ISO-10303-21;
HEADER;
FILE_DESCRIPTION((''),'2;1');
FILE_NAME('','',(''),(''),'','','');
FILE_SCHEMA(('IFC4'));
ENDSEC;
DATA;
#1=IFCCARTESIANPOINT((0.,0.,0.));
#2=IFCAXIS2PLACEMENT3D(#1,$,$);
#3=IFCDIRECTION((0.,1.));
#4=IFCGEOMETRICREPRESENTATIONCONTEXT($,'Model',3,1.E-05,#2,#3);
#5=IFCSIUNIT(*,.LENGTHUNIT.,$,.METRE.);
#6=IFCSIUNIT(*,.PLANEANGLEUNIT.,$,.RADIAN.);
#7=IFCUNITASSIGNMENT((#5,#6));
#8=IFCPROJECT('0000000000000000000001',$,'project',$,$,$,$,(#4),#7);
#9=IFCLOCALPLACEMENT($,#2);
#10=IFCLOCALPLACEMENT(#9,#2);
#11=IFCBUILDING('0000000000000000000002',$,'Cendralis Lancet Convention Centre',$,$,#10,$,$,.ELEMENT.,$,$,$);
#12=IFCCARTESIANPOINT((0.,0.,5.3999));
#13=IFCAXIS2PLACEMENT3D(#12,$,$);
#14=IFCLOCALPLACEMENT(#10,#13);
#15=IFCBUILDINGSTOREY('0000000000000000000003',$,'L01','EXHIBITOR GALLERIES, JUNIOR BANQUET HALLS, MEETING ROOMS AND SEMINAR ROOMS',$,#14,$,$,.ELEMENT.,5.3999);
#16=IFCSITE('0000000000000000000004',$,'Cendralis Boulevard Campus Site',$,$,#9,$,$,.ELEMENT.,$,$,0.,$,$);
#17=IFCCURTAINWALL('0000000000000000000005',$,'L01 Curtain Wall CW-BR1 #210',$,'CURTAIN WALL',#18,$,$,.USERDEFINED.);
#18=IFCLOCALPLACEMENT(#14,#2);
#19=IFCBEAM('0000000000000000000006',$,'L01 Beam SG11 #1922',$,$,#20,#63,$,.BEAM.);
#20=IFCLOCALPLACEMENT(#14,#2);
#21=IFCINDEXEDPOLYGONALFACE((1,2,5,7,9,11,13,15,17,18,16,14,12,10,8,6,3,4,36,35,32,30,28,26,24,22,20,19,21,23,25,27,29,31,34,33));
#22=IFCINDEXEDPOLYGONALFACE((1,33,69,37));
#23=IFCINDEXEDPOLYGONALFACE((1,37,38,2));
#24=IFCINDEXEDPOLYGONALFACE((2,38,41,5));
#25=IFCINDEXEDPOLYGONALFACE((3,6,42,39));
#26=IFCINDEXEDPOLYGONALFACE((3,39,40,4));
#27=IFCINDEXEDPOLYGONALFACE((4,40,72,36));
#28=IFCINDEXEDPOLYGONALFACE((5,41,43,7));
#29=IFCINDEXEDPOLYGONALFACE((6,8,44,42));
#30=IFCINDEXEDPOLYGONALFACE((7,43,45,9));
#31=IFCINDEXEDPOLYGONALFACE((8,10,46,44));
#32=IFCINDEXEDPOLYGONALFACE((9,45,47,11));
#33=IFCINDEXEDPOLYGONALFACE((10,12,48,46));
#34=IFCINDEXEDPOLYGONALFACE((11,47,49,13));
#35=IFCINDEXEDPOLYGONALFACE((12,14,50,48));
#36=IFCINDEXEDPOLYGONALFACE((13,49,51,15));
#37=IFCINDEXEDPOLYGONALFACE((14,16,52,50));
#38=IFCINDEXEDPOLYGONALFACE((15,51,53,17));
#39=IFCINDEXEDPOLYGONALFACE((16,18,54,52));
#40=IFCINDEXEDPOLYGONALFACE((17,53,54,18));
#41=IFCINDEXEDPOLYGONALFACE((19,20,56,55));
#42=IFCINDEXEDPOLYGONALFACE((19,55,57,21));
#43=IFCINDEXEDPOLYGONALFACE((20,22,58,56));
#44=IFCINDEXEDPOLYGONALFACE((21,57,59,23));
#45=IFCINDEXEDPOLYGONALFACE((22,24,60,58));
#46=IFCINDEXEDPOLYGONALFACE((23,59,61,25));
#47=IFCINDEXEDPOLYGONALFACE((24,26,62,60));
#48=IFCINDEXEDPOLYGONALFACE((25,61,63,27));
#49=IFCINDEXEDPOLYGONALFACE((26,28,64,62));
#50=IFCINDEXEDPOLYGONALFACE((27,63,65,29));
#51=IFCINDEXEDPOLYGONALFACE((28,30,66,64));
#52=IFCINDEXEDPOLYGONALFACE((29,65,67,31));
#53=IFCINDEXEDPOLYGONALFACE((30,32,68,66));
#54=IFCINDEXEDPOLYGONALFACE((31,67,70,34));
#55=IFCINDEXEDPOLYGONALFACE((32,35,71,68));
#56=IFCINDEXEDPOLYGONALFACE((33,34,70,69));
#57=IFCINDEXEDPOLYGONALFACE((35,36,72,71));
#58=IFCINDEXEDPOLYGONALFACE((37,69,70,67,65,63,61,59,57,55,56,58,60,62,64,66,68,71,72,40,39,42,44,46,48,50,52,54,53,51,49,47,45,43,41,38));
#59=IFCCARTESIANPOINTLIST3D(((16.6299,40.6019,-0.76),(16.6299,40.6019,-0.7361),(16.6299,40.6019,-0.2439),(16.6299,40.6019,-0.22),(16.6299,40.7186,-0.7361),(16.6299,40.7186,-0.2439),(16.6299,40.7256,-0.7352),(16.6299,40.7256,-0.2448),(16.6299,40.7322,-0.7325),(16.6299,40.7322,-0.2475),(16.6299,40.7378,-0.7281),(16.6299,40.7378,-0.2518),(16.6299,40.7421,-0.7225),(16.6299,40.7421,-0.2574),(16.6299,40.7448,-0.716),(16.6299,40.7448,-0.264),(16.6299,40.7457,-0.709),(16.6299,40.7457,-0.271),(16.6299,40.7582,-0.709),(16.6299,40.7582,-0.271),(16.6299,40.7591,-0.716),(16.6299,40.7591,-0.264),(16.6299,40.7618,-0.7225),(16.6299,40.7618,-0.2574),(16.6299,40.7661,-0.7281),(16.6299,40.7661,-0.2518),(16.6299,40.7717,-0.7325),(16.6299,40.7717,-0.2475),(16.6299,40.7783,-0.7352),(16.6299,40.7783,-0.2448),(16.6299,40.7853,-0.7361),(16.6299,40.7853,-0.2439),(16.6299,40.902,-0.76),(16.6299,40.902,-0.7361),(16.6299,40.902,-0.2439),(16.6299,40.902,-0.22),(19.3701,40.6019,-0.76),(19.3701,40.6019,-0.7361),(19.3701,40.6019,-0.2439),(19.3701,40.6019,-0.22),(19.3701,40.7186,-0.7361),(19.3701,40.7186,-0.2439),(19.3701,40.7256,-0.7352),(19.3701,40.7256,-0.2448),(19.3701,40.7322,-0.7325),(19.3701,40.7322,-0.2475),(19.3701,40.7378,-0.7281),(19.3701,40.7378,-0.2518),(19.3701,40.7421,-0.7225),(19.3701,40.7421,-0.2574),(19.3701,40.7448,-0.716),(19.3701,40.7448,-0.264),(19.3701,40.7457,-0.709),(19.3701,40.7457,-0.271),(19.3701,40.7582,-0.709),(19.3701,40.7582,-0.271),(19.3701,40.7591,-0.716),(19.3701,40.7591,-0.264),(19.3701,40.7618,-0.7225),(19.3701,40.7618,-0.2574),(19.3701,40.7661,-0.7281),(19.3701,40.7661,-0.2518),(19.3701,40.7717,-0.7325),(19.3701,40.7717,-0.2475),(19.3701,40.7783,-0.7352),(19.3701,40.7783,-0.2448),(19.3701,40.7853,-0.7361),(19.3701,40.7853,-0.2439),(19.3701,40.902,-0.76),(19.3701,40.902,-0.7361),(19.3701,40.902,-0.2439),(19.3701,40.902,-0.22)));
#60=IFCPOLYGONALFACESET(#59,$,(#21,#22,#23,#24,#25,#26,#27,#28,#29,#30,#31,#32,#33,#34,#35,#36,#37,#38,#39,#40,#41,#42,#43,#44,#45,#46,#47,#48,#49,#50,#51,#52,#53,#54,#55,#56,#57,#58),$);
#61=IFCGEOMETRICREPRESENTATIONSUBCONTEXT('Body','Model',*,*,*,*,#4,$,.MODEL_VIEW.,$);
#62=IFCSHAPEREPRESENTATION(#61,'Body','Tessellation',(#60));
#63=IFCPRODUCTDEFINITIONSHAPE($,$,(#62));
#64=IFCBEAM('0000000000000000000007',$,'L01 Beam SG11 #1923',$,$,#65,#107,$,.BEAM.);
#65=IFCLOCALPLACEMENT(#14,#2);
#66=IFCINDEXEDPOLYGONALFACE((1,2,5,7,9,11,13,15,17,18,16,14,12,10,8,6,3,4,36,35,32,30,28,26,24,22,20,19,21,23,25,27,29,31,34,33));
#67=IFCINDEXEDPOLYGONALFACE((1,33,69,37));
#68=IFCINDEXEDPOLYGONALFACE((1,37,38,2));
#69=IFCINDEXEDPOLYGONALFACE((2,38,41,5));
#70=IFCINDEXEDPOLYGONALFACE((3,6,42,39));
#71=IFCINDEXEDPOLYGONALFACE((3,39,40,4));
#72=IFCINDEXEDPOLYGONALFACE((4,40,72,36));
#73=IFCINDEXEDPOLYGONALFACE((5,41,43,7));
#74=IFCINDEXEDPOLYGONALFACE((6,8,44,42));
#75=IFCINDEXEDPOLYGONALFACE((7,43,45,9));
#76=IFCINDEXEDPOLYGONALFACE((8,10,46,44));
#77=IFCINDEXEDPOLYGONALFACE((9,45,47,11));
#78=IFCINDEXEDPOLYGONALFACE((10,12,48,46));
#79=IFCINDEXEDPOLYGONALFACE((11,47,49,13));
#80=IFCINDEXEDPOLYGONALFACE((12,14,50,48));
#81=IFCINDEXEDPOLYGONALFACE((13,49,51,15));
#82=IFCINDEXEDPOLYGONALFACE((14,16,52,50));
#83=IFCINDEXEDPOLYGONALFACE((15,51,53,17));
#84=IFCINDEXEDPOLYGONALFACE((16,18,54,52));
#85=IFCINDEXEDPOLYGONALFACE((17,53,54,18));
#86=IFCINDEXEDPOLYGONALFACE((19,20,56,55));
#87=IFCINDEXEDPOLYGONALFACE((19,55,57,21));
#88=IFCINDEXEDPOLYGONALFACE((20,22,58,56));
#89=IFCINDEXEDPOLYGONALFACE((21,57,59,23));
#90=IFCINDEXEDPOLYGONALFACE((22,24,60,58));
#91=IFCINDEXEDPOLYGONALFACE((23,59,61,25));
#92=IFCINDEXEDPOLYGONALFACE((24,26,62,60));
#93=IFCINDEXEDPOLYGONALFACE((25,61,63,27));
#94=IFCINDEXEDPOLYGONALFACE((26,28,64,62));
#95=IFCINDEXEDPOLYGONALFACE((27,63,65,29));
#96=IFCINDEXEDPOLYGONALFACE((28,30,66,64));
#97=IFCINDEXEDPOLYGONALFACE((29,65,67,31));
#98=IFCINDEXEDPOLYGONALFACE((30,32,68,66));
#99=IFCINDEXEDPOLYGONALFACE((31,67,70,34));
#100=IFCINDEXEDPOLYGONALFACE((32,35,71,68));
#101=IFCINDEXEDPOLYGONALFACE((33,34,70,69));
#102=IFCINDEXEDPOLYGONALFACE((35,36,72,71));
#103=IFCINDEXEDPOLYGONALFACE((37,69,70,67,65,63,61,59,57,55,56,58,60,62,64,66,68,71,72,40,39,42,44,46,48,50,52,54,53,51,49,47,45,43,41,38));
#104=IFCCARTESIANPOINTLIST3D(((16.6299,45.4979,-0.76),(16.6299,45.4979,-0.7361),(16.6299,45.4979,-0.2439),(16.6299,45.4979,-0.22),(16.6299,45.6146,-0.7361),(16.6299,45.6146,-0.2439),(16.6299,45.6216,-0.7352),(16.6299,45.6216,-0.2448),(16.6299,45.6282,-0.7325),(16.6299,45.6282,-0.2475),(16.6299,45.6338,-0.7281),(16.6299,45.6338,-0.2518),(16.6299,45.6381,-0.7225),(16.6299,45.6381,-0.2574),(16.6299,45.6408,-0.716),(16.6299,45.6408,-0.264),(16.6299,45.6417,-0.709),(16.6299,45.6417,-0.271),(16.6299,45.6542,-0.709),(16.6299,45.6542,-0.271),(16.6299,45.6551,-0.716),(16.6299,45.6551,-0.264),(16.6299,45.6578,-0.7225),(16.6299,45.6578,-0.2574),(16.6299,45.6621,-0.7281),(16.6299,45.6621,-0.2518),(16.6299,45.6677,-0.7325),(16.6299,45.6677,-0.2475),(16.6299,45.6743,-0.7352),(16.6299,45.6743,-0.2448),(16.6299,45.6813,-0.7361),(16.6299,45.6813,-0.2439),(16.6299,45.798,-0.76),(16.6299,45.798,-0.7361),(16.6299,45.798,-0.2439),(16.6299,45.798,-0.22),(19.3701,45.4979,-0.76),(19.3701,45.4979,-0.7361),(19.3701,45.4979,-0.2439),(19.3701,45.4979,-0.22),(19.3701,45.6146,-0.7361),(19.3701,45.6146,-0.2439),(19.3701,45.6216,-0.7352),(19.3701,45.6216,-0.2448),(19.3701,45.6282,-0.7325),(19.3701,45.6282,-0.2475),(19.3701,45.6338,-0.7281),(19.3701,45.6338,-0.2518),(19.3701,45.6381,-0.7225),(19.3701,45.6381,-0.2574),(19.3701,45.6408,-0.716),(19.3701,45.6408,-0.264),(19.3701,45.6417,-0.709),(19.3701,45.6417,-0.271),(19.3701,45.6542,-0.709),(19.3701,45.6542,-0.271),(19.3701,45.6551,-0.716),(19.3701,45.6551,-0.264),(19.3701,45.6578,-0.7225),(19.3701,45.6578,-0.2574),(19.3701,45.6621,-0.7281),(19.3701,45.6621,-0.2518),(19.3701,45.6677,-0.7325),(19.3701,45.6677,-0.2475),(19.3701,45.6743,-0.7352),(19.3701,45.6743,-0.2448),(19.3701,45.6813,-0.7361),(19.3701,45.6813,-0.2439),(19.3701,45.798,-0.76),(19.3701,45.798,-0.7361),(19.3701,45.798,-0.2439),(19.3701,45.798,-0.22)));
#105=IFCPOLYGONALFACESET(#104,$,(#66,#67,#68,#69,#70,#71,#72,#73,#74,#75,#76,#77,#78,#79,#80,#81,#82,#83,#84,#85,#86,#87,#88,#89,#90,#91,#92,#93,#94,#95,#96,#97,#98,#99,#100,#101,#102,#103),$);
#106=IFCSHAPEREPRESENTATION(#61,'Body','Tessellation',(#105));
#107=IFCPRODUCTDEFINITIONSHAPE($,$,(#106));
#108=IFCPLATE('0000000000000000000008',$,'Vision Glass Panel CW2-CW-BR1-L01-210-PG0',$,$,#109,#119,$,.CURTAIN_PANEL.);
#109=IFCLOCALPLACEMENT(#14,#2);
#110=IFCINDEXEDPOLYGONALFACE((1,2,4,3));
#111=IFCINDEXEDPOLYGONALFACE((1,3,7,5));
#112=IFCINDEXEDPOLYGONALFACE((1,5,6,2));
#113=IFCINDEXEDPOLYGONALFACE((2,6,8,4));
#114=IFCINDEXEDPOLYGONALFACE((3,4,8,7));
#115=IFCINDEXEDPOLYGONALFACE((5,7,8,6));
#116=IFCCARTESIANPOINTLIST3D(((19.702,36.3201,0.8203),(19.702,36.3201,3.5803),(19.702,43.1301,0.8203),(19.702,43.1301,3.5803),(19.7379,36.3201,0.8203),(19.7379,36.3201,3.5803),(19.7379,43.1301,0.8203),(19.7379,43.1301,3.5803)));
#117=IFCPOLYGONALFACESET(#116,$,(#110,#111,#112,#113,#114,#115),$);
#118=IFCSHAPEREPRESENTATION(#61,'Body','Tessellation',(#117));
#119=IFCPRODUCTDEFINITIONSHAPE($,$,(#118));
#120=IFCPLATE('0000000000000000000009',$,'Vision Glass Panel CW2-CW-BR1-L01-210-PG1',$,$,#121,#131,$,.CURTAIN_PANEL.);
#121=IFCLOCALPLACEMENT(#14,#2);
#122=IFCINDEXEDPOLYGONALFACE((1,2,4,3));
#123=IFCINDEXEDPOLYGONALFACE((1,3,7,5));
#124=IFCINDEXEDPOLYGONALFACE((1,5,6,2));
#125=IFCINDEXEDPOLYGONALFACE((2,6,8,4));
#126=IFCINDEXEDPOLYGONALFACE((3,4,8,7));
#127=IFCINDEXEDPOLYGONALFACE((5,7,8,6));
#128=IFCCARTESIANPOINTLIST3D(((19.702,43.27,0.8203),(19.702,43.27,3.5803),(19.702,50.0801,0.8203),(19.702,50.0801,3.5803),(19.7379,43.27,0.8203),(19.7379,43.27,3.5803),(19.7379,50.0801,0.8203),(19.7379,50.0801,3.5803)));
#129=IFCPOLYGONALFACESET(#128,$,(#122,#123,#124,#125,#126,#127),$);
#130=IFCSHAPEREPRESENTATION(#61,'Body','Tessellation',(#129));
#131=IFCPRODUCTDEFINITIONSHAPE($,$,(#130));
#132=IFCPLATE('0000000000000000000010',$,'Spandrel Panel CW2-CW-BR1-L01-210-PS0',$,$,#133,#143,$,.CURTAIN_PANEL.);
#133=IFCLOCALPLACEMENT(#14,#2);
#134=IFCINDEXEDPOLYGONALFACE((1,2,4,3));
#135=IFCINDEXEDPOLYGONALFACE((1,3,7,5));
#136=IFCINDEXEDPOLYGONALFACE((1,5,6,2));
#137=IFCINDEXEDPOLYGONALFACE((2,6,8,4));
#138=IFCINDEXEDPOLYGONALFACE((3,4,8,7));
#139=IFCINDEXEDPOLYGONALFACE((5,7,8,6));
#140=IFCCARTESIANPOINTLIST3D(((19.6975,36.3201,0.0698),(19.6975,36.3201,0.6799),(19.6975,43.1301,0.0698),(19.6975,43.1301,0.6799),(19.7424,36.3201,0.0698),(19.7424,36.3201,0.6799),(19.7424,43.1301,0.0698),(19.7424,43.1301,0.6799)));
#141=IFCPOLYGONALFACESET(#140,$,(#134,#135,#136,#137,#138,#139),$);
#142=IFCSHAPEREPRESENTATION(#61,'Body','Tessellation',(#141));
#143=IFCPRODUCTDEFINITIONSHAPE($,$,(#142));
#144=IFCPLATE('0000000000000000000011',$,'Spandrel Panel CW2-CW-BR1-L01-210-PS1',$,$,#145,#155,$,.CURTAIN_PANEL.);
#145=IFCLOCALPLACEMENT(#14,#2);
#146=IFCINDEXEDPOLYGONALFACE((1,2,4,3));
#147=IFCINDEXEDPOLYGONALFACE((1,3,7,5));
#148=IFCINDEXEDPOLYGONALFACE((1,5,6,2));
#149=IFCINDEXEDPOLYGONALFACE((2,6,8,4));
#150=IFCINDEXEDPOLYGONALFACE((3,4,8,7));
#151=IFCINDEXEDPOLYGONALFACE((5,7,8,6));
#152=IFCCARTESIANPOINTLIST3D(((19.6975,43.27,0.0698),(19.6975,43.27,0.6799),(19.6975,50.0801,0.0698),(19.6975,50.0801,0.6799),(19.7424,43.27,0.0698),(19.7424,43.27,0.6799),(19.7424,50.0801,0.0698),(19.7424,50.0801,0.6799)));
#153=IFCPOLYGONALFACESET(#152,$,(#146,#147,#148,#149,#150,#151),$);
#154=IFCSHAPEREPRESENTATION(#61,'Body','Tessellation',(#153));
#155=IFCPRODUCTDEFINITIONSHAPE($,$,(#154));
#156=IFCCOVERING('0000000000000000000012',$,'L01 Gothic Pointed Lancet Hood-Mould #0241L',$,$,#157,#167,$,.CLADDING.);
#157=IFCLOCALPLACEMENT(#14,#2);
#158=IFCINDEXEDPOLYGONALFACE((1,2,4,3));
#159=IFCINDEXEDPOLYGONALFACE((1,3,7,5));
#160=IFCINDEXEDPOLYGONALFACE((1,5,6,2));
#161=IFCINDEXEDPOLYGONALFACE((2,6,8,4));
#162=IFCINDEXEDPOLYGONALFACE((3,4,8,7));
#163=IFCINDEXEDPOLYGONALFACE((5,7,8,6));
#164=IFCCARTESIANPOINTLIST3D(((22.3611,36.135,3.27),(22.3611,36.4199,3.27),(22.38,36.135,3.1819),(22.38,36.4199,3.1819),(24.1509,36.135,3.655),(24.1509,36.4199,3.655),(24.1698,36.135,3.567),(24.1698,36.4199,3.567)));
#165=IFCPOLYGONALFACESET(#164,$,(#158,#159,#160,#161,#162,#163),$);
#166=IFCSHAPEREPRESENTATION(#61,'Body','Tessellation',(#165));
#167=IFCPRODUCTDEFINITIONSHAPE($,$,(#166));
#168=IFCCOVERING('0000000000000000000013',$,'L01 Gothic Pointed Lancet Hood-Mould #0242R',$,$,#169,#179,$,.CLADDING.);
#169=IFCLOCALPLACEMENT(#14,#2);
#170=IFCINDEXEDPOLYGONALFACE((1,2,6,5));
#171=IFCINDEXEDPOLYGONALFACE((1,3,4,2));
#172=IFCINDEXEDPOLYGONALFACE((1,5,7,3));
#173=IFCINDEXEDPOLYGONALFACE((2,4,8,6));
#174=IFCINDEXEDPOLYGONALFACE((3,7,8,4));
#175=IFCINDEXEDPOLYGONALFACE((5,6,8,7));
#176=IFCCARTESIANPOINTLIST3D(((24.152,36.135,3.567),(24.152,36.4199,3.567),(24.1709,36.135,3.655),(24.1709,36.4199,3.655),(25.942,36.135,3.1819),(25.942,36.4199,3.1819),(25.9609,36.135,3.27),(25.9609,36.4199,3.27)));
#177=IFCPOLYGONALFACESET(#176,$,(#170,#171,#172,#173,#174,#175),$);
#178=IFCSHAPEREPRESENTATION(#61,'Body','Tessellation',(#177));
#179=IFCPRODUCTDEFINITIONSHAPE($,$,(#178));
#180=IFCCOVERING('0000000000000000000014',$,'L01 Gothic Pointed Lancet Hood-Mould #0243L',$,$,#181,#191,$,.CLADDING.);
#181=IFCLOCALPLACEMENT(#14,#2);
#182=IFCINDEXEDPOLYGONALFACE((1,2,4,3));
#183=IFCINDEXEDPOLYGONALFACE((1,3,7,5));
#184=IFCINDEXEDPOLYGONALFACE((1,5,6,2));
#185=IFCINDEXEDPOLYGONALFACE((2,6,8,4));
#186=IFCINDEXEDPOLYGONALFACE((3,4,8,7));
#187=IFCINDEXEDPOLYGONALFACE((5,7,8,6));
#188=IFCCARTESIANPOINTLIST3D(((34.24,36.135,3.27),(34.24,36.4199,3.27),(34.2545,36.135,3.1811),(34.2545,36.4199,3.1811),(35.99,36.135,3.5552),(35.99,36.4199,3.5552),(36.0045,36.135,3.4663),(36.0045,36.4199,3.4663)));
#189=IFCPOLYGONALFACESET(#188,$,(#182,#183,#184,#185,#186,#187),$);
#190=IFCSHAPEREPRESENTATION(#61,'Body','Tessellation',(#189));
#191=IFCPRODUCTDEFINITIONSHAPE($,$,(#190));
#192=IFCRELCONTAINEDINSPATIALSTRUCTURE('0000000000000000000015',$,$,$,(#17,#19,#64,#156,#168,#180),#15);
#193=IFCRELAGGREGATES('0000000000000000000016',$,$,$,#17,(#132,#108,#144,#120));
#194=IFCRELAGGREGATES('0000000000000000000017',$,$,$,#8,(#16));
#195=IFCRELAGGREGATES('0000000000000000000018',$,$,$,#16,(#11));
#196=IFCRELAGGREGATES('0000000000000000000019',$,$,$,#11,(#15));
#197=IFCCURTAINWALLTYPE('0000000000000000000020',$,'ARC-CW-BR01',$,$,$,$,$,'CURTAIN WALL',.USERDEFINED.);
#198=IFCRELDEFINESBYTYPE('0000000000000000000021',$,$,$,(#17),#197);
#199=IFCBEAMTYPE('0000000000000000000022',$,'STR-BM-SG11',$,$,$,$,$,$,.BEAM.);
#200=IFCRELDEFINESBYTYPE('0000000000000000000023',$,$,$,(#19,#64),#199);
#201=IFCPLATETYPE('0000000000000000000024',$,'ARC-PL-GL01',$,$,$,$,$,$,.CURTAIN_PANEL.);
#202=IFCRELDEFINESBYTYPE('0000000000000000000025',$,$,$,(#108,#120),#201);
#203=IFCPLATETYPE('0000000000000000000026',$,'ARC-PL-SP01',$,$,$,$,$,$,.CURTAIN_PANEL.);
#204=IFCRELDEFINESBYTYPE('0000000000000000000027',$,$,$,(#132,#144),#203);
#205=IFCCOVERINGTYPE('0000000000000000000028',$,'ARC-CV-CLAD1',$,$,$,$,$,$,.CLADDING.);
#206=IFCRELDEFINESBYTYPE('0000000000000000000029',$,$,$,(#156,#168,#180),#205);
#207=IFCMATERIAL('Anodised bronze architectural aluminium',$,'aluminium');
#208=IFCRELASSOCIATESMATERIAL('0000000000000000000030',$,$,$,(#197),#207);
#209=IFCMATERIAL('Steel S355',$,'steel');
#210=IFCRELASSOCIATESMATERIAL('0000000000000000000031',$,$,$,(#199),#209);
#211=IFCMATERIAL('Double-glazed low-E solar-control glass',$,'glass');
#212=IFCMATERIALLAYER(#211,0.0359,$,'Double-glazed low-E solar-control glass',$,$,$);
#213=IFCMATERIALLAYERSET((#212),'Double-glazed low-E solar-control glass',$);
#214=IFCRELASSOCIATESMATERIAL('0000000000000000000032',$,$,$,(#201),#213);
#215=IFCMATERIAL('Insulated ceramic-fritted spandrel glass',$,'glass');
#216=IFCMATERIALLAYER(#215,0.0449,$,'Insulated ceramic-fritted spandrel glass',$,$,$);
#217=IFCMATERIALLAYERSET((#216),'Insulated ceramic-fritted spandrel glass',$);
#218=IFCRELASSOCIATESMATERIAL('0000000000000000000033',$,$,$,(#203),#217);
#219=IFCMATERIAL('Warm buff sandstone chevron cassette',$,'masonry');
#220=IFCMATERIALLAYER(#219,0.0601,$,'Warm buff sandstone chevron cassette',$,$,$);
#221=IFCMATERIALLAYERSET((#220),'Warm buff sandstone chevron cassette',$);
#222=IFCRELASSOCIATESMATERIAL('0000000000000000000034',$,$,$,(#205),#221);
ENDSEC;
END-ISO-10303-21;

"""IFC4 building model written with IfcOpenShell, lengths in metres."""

from ifc_helpers import new_model, si_unit, direction, frame, origin, origin_2d, place, context, subcontext, project, spatial, polyline, rectangle, i_section, outline, extrude, material, layer, layer_set, material_profile, profile_set, type_object, element, aggregate, save


model = new_model("IFC4")

# Units and contexts
model_context = context("Model", 3, precision=1e-05, world=origin(), true_north=direction((0.0, 1.0)))
body_context = subcontext(model_context, "Body", "Model", "MODEL_VIEW")
ifc_project = project(units=[si_unit("LENGTHUNIT", "METRE"), si_unit("PLANEANGLEUNIT", "RADIAN")], contexts=[model_context])

# Site, building, storey
site_placement = place(None, origin())
site = spatial("IfcSite", under=ifc_project, at=site_placement, Name="Cendralis Boulevard Campus Site", CompositionType="ELEMENT", RefElevation=0.0)
building_placement = place(site_placement, origin())
building = spatial("IfcBuilding", under=site, at=building_placement, Name="Cendralis Lancet Convention Centre", CompositionType="ELEMENT")
storey_placement = place(building_placement, frame((0.0, 0.0, 5.3999)))
storey = spatial("IfcBuildingStorey", under=building, at=storey_placement, Name="L01", Description="EXHIBITOR GALLERIES, JUNIOR BANQUET HALLS, MEETING ROOMS AND SEMINAR ROOMS", CompositionType="ELEMENT", Elevation=5.3999)

# Curtain wall
ifc_material_1 = material(Name="Anodised bronze architectural aluminium", Category="aluminium")
curtain_wall_type = type_object("IfcCurtainWallType", Name="ARC-CW-BR01", ElementType="CURTAIN WALL", PredefinedType="USERDEFINED", material=ifc_material_1)
curtain_wall_placement = place(storey_placement, origin())
curtain_wall = element("IfcCurtainWall", 1, at=curtain_wall_placement, inside=storey, type_object=curtain_wall_type, Name="L01 Curtain Wall CW-BR1 #210", ObjectType="CURTAIN WALL", PredefinedType="USERDEFINED")

# Beams
ifc_material_2 = material(Name="Steel S355", Category="steel")
ifc_material_profile_1 = material_profile(ifc_material_2, i_section(OverallWidth=0.3, OverallDepth=0.54, WebThickness=0.0125, FlangeThickness=0.0239, FilletRadius=0.0271, at=origin_2d()), Name="HEA 550")
ifc_profile_set_1 = profile_set([ifc_material_profile_1], Name="Steel S355")
beam_type = type_object("IfcBeamType", Name="STR-BM-SG11", PredefinedType="BEAM", material=ifc_profile_set_1)
for number, where, z_axis, x_axis, name in (
    (2, (16.6299, 40.752, -0.49), (1.0, 0.0, 0.0), (0.0, 1.0, 0.0), "L01 Beam SG11 #1922"),
    (3, (16.6299, 45.6479, -0.49), (1.0, 0.0, 0.0), (0.0, 1.0, 0.0), "L01 Beam SG11 #1923"),
):
    element("IfcBeam", number, at=place(storey_placement, frame(where, z_axis=z_axis, x_axis=x_axis)), inside=storey, type_object=beam_type, Name=name, PredefinedType="BEAM", context=body_context, shape_type="SweptSolid", body=[
        extrude(i_section(OverallWidth=0.3, OverallDepth=0.54, WebThickness=0.0125, FlangeThickness=0.0239, FilletRadius=0.0271, at=origin_2d()), origin(), (0.0, 0.0, 1.0), 2.7402),
    ])

# Plates
ifc_material_3 = material(Name="Double-glazed low-E solar-control glass", Category="glass")
ifc_layer_1 = layer(ifc_material_3, 0.0359, Name="Double-glazed low-E solar-control glass")
ifc_layer_set_1 = layer_set([ifc_layer_1], Name="Double-glazed low-E solar-control glass")
plate_type_1 = type_object("IfcPlateType", Name="ARC-PL-GL01", PredefinedType="CURTAIN_PANEL", material=ifc_layer_set_1)
plate_1_placement = place(storey_placement, frame((19.72, 39.7251, 0.8203), z_axis=(0.0, 0.0, 1.0), x_axis=(0.0, 1.0, 0.0)))
plate_1 = element("IfcPlate", 4, at=plate_1_placement, type_object=plate_type_1, Name="Vision Glass Panel CW2-CW-BR1-L01-210-PG0", PredefinedType="CURTAIN_PANEL", context=body_context, shape_type="SweptSolid", body=[
    extrude(rectangle(XDim=6.8101, YDim=0.0359, at=origin_2d()), origin(), (0.0, 0.0, 1.0), 2.76),
])
plate_2_placement = place(storey_placement, frame((19.72, 46.675, 0.8203), z_axis=(0.0, 0.0, 1.0), x_axis=(0.0, 1.0, 0.0)))
plate_2 = element("IfcPlate", 5, at=plate_2_placement, type_object=plate_type_1, Name="Vision Glass Panel CW2-CW-BR1-L01-210-PG1", PredefinedType="CURTAIN_PANEL", context=body_context, shape_type="SweptSolid", body=[
    extrude(rectangle(XDim=6.8101, YDim=0.0359, at=origin_2d()), origin(), (0.0, 0.0, 1.0), 2.76),
])
ifc_material_4 = material(Name="Insulated ceramic-fritted spandrel glass", Category="glass")
ifc_layer_2 = layer(ifc_material_4, 0.0449, Name="Insulated ceramic-fritted spandrel glass")
ifc_layer_set_2 = layer_set([ifc_layer_2], Name="Insulated ceramic-fritted spandrel glass")
plate_type_2 = type_object("IfcPlateType", Name="ARC-PL-SP01", PredefinedType="CURTAIN_PANEL", material=ifc_layer_set_2)
plate_3_placement = place(storey_placement, frame((19.72, 39.7251, 0.0698), z_axis=(0.0, 0.0, 1.0), x_axis=(0.0, 1.0, 0.0)))
plate_3 = element("IfcPlate", 6, at=plate_3_placement, type_object=plate_type_2, Name="Spandrel Panel CW2-CW-BR1-L01-210-PS0", PredefinedType="CURTAIN_PANEL", context=body_context, shape_type="SweptSolid", body=[
    extrude(rectangle(XDim=6.8101, YDim=0.0449, at=origin_2d()), origin(), (0.0, 0.0, 1.0), 0.6101),
])
plate_4_placement = place(storey_placement, frame((19.72, 46.675, 0.0698), z_axis=(0.0, 0.0, 1.0), x_axis=(0.0, 1.0, 0.0)))
plate_4 = element("IfcPlate", 7, at=plate_4_placement, type_object=plate_type_2, Name="Spandrel Panel CW2-CW-BR1-L01-210-PS1", PredefinedType="CURTAIN_PANEL", context=body_context, shape_type="SweptSolid", body=[
    extrude(rectangle(XDim=6.8101, YDim=0.0449, at=origin_2d()), origin(), (0.0, 0.0, 1.0), 0.6101),
])
aggregate(curtain_wall, [plate_3, plate_1, plate_4, plate_2])

# Coverings
ifc_material_5 = material(Name="Warm buff sandstone chevron cassette", Category="masonry")
ifc_layer_3 = layer(ifc_material_5, 0.0601, Name="Warm buff sandstone chevron cassette")
ifc_layer_set_3 = layer_set([ifc_layer_3], Name="Warm buff sandstone chevron cassette")
covering_type = type_object("IfcCoveringType", Name="ARC-CV-CLAD1", PredefinedType="CLADDING", material=ifc_layer_set_3)
covering_1_placement = place(storey_placement, frame((22.3611, 36.4199, 3.27), z_axis=(-0.210303, 0.0, 0.977636), x_axis=(0.0, -1.0, 0.0)))
element("IfcCovering", 8, at=covering_1_placement, inside=storey, type_object=covering_type, Name="L01 Gothic Pointed Lancet Hood-Mould #0241L", PredefinedType="CLADDING", context=body_context, shape_type="SweptSolid", body=[
    extrude(outline(polyline([(0.0, 0.0), (0.2849, 0.0), (0.2849, 1.8307), (0.0, 1.8307), (0.0, 0.0)])), origin(), (0.0, 0.0, -1.0), 0.0901),
])
covering_2_placement = place(storey_placement, frame((24.1709, 36.4199, 3.655), z_axis=(0.210276, 0.0, 0.977642), x_axis=(0.0, -1.0, 0.0)))
element("IfcCovering", 9, at=covering_2_placement, inside=storey, type_object=covering_type, Name="L01 Gothic Pointed Lancet Hood-Mould #0242R", PredefinedType="CLADDING", context=body_context, shape_type="SweptSolid", body=[
    extrude(outline(polyline([(0.0, 0.0), (0.2849, 0.0), (0.2849, 1.831), (0.0, 1.831), (0.0, 0.0)])), origin(), (0.0, 0.0, -1.0), 0.0901),
])
covering_3_placement = place(storey_placement, frame((34.24, 36.4199, 3.27), z_axis=(-0.160825, 0.0, 0.986983), x_axis=(0.0, -1.0, 0.0)))
element("IfcCovering", 10, at=covering_3_placement, inside=storey, type_object=covering_type, Name="L01 Gothic Pointed Lancet Hood-Mould #0243L", PredefinedType="CLADDING", context=body_context, shape_type="SweptSolid", body=[
    extrude(outline(polyline([(0.0, 0.0), (0.2849, 0.0), (0.2849, 1.7731), (0.0, 1.7731), (0.0, 0.0)])), origin(), (0.0, 0.0, -1.0), 0.0901),
])

save(model, "model.ifc")
